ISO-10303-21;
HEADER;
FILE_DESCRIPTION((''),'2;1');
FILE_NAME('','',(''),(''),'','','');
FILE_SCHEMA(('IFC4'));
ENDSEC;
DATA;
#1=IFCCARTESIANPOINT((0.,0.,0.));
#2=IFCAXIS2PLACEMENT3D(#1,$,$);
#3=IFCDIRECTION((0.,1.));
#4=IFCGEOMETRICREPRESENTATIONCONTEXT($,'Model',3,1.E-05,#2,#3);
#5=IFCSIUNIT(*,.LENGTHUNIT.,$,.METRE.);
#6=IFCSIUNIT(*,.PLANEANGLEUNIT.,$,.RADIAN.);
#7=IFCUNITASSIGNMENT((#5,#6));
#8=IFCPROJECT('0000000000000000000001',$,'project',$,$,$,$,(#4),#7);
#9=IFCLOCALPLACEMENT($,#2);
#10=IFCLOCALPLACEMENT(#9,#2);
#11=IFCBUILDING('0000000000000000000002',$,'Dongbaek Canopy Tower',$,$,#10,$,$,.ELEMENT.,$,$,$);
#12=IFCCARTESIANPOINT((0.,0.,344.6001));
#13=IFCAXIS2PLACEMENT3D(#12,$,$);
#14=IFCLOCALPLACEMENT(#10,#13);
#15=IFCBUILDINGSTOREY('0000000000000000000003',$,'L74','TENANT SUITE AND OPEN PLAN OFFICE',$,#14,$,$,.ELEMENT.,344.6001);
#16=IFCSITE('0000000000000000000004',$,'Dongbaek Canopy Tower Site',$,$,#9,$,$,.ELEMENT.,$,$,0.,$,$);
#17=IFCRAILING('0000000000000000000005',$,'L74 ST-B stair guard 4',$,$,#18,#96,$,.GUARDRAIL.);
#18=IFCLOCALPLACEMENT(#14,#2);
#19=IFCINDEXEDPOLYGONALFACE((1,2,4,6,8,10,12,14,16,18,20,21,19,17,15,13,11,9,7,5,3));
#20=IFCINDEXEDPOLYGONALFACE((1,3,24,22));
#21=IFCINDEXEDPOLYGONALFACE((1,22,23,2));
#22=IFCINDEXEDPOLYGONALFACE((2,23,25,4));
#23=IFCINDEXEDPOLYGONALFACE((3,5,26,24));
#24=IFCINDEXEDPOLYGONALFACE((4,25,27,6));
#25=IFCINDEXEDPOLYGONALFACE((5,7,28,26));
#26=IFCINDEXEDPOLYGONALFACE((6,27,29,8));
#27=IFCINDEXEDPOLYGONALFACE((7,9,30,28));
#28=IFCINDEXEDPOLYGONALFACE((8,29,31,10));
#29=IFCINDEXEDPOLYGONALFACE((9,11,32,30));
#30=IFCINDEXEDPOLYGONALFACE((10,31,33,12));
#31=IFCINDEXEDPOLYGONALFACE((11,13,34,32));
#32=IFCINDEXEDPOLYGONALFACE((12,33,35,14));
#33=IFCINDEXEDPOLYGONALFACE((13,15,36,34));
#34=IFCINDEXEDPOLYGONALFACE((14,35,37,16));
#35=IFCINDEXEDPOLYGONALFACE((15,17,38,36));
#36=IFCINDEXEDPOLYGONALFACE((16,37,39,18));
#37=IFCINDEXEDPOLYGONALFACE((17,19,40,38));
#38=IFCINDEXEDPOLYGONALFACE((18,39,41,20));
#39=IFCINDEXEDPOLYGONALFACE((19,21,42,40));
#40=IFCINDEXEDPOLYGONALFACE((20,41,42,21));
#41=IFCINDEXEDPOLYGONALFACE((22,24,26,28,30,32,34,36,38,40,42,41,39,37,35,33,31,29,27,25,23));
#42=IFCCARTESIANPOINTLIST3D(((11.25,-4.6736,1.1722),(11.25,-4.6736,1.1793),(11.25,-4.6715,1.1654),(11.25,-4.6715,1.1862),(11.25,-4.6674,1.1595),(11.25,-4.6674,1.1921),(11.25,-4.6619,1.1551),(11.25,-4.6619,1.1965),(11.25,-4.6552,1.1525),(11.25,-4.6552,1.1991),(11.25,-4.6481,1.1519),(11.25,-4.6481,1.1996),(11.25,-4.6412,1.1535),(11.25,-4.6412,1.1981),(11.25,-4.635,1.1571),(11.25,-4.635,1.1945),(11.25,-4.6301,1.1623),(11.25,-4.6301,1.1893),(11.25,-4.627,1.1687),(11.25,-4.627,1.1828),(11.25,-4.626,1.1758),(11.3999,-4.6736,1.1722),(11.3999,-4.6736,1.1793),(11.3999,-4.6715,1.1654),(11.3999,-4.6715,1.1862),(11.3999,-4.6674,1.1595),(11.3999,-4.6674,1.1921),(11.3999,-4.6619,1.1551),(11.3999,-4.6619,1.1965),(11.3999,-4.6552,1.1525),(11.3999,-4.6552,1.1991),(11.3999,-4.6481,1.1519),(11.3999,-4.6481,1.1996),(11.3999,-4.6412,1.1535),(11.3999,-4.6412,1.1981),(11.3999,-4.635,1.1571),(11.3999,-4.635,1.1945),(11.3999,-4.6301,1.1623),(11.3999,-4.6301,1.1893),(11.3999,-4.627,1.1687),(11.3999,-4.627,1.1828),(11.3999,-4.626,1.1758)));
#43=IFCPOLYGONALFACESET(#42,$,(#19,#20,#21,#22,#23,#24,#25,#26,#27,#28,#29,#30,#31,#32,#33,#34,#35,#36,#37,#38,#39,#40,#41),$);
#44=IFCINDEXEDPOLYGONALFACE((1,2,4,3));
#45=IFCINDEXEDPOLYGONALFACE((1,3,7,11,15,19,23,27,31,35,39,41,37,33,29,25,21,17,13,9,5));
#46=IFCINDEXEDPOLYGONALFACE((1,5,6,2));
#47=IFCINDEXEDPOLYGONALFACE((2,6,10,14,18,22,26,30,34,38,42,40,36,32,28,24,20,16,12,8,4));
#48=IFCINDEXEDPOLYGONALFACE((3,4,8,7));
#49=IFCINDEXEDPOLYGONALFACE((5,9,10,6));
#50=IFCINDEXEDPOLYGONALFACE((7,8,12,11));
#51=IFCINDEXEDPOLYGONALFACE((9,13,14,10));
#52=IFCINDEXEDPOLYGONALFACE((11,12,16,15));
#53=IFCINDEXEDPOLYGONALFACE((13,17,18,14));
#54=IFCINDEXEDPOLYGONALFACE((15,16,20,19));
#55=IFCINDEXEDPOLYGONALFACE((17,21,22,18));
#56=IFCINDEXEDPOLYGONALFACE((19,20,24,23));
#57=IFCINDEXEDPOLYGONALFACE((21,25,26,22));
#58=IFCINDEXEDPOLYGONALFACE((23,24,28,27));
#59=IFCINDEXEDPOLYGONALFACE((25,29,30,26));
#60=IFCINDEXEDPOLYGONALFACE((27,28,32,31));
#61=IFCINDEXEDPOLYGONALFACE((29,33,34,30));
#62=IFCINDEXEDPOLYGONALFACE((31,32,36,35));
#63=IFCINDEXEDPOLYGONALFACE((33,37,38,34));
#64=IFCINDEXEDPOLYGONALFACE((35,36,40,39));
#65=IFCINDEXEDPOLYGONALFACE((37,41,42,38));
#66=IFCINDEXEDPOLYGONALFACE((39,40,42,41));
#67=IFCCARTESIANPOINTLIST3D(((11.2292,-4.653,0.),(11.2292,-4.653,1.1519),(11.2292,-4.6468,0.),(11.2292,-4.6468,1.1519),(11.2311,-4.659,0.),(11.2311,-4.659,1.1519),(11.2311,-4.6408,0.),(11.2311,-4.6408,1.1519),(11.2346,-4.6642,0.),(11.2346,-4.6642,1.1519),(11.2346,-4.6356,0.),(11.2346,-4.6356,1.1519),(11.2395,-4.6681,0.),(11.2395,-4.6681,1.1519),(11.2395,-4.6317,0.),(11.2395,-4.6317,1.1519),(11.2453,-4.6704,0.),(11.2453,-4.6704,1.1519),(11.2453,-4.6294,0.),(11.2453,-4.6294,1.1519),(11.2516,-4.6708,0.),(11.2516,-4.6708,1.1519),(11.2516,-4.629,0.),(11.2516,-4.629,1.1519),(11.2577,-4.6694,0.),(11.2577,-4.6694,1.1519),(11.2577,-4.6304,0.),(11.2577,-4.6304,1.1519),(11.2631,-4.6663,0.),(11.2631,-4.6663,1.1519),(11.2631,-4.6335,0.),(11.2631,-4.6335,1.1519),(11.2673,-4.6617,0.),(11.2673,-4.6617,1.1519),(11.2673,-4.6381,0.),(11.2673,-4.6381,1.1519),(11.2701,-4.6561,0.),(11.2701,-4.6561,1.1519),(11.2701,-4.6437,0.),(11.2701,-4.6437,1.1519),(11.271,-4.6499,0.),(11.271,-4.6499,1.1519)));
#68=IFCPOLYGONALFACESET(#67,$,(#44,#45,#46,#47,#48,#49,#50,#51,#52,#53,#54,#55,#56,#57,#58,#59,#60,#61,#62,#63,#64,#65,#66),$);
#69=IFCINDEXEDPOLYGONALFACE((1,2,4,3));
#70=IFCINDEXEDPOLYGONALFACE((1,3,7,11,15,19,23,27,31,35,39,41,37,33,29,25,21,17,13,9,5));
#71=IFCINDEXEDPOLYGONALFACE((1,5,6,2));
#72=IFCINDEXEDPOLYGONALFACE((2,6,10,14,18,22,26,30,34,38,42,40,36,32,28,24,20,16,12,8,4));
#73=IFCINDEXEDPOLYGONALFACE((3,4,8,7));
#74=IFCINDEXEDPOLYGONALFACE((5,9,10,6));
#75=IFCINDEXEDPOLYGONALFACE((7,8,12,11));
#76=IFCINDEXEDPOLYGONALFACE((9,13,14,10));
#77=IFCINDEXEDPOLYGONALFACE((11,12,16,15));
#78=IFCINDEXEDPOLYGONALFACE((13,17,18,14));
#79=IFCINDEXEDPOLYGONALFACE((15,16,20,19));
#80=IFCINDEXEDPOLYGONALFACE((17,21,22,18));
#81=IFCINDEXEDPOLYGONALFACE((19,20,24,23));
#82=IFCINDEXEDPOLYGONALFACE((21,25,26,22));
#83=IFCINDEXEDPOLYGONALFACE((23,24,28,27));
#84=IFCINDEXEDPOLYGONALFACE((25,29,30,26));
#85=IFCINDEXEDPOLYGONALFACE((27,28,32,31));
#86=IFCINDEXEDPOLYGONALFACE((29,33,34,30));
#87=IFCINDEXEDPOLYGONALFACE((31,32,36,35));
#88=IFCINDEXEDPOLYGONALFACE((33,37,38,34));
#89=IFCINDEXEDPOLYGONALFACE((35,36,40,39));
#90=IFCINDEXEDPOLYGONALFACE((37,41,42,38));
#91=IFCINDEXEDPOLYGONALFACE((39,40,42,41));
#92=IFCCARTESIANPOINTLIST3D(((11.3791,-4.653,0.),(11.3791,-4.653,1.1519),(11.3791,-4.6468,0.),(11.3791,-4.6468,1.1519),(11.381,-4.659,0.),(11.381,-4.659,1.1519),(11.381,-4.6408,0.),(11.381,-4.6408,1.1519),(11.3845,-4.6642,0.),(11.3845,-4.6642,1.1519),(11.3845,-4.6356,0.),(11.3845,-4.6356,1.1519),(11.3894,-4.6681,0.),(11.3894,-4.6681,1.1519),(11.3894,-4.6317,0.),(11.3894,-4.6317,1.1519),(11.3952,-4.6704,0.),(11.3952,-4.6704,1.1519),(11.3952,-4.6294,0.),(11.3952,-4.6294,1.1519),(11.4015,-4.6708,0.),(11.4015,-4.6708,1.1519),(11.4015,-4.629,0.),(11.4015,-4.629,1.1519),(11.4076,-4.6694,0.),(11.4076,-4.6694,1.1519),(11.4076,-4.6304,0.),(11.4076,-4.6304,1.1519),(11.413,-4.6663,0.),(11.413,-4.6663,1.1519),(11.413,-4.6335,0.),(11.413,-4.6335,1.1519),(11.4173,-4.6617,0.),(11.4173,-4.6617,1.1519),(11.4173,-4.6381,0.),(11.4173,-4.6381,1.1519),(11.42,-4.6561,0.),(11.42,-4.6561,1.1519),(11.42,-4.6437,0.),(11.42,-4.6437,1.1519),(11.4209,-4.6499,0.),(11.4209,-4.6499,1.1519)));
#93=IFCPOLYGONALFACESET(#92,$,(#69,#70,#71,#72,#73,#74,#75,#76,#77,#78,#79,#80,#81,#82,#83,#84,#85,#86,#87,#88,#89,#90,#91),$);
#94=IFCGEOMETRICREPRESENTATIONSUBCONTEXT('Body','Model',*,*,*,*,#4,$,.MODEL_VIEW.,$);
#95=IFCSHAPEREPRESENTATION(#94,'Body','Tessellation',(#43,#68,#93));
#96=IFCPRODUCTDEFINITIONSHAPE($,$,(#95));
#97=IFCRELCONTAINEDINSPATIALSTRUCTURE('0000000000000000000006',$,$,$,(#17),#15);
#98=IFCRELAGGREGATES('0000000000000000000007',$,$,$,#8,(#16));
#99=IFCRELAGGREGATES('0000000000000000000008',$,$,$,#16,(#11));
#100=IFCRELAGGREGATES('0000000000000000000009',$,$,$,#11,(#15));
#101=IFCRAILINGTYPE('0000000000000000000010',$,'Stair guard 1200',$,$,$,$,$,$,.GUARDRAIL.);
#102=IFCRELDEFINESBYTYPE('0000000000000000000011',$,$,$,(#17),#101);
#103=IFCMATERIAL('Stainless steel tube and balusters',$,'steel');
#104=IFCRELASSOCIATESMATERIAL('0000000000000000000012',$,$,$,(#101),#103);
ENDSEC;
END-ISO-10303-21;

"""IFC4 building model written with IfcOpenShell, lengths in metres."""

from ifc_helpers import new_model, si_unit, direction, frame, origin, origin_2d, place, context, subcontext, project, spatial, circle, extrude, material, type_object, element, save


model = new_model("IFC4")

# Units and contexts
model_context = context("Model", 3, precision=1e-05, world=origin(), true_north=direction((0.0, 1.0)))
body_context = subcontext(model_context, "Body", "Model", "MODEL_VIEW")
ifc_project = project(units=[si_unit("LENGTHUNIT", "METRE"), si_unit("PLANEANGLEUNIT", "RADIAN")], contexts=[model_context])

# Site, building, storey
site_placement = place(None, origin())
site = spatial("IfcSite", under=ifc_project, at=site_placement, Name="Dongbaek Canopy Tower Site", CompositionType="ELEMENT", RefElevation=0.0)
building_placement = place(site_placement, origin())
building = spatial("IfcBuilding", under=site, at=building_placement, Name="Dongbaek Canopy Tower", CompositionType="ELEMENT")
storey_placement = place(building_placement, frame((0.0, 0.0, 344.6001)))
storey = spatial("IfcBuildingStorey", under=building, at=storey_placement, Name="L74", Description="TENANT SUITE AND OPEN PLAN OFFICE", CompositionType="ELEMENT", Elevation=344.6001)

# Railing
ifc_material_1 = material(Name="Stainless steel tube and balusters", Category="steel")
railing_type_1 = type_object("IfcRailingType", Name="Stair guard 1200", PredefinedType="GUARDRAIL", material=ifc_material_1)
railing_1_placement = place(storey_placement, frame((11.25, -4.6499, 0.0)))
element("IfcRailing", 1, at=railing_1_placement, inside=storey, type_object=railing_type_1, Name="L74 ST-B stair guard 4", PredefinedType="GUARDRAIL", context=body_context, shape_type="SweptSolid", body=[
    extrude(circle(Radius=0.0239, at=origin_2d()), frame((0.0, 0.0, 1.1758), z_axis=(1.0, 0.0, 0.0), x_axis=(0.0, 1.0, 0.0)), (0.0, 0.0, 1.0), 0.1499),
    extrude(circle(Radius=0.021, at=origin_2d()), origin(), (0.0, 0.0, 1.0), 1.1519),
    extrude(circle(Radius=0.021, at=origin_2d()), frame((0.1499, 0.0, 0.0)), (0.0, 0.0, 1.0), 1.1519),
])

save(model, "model.ifc")
